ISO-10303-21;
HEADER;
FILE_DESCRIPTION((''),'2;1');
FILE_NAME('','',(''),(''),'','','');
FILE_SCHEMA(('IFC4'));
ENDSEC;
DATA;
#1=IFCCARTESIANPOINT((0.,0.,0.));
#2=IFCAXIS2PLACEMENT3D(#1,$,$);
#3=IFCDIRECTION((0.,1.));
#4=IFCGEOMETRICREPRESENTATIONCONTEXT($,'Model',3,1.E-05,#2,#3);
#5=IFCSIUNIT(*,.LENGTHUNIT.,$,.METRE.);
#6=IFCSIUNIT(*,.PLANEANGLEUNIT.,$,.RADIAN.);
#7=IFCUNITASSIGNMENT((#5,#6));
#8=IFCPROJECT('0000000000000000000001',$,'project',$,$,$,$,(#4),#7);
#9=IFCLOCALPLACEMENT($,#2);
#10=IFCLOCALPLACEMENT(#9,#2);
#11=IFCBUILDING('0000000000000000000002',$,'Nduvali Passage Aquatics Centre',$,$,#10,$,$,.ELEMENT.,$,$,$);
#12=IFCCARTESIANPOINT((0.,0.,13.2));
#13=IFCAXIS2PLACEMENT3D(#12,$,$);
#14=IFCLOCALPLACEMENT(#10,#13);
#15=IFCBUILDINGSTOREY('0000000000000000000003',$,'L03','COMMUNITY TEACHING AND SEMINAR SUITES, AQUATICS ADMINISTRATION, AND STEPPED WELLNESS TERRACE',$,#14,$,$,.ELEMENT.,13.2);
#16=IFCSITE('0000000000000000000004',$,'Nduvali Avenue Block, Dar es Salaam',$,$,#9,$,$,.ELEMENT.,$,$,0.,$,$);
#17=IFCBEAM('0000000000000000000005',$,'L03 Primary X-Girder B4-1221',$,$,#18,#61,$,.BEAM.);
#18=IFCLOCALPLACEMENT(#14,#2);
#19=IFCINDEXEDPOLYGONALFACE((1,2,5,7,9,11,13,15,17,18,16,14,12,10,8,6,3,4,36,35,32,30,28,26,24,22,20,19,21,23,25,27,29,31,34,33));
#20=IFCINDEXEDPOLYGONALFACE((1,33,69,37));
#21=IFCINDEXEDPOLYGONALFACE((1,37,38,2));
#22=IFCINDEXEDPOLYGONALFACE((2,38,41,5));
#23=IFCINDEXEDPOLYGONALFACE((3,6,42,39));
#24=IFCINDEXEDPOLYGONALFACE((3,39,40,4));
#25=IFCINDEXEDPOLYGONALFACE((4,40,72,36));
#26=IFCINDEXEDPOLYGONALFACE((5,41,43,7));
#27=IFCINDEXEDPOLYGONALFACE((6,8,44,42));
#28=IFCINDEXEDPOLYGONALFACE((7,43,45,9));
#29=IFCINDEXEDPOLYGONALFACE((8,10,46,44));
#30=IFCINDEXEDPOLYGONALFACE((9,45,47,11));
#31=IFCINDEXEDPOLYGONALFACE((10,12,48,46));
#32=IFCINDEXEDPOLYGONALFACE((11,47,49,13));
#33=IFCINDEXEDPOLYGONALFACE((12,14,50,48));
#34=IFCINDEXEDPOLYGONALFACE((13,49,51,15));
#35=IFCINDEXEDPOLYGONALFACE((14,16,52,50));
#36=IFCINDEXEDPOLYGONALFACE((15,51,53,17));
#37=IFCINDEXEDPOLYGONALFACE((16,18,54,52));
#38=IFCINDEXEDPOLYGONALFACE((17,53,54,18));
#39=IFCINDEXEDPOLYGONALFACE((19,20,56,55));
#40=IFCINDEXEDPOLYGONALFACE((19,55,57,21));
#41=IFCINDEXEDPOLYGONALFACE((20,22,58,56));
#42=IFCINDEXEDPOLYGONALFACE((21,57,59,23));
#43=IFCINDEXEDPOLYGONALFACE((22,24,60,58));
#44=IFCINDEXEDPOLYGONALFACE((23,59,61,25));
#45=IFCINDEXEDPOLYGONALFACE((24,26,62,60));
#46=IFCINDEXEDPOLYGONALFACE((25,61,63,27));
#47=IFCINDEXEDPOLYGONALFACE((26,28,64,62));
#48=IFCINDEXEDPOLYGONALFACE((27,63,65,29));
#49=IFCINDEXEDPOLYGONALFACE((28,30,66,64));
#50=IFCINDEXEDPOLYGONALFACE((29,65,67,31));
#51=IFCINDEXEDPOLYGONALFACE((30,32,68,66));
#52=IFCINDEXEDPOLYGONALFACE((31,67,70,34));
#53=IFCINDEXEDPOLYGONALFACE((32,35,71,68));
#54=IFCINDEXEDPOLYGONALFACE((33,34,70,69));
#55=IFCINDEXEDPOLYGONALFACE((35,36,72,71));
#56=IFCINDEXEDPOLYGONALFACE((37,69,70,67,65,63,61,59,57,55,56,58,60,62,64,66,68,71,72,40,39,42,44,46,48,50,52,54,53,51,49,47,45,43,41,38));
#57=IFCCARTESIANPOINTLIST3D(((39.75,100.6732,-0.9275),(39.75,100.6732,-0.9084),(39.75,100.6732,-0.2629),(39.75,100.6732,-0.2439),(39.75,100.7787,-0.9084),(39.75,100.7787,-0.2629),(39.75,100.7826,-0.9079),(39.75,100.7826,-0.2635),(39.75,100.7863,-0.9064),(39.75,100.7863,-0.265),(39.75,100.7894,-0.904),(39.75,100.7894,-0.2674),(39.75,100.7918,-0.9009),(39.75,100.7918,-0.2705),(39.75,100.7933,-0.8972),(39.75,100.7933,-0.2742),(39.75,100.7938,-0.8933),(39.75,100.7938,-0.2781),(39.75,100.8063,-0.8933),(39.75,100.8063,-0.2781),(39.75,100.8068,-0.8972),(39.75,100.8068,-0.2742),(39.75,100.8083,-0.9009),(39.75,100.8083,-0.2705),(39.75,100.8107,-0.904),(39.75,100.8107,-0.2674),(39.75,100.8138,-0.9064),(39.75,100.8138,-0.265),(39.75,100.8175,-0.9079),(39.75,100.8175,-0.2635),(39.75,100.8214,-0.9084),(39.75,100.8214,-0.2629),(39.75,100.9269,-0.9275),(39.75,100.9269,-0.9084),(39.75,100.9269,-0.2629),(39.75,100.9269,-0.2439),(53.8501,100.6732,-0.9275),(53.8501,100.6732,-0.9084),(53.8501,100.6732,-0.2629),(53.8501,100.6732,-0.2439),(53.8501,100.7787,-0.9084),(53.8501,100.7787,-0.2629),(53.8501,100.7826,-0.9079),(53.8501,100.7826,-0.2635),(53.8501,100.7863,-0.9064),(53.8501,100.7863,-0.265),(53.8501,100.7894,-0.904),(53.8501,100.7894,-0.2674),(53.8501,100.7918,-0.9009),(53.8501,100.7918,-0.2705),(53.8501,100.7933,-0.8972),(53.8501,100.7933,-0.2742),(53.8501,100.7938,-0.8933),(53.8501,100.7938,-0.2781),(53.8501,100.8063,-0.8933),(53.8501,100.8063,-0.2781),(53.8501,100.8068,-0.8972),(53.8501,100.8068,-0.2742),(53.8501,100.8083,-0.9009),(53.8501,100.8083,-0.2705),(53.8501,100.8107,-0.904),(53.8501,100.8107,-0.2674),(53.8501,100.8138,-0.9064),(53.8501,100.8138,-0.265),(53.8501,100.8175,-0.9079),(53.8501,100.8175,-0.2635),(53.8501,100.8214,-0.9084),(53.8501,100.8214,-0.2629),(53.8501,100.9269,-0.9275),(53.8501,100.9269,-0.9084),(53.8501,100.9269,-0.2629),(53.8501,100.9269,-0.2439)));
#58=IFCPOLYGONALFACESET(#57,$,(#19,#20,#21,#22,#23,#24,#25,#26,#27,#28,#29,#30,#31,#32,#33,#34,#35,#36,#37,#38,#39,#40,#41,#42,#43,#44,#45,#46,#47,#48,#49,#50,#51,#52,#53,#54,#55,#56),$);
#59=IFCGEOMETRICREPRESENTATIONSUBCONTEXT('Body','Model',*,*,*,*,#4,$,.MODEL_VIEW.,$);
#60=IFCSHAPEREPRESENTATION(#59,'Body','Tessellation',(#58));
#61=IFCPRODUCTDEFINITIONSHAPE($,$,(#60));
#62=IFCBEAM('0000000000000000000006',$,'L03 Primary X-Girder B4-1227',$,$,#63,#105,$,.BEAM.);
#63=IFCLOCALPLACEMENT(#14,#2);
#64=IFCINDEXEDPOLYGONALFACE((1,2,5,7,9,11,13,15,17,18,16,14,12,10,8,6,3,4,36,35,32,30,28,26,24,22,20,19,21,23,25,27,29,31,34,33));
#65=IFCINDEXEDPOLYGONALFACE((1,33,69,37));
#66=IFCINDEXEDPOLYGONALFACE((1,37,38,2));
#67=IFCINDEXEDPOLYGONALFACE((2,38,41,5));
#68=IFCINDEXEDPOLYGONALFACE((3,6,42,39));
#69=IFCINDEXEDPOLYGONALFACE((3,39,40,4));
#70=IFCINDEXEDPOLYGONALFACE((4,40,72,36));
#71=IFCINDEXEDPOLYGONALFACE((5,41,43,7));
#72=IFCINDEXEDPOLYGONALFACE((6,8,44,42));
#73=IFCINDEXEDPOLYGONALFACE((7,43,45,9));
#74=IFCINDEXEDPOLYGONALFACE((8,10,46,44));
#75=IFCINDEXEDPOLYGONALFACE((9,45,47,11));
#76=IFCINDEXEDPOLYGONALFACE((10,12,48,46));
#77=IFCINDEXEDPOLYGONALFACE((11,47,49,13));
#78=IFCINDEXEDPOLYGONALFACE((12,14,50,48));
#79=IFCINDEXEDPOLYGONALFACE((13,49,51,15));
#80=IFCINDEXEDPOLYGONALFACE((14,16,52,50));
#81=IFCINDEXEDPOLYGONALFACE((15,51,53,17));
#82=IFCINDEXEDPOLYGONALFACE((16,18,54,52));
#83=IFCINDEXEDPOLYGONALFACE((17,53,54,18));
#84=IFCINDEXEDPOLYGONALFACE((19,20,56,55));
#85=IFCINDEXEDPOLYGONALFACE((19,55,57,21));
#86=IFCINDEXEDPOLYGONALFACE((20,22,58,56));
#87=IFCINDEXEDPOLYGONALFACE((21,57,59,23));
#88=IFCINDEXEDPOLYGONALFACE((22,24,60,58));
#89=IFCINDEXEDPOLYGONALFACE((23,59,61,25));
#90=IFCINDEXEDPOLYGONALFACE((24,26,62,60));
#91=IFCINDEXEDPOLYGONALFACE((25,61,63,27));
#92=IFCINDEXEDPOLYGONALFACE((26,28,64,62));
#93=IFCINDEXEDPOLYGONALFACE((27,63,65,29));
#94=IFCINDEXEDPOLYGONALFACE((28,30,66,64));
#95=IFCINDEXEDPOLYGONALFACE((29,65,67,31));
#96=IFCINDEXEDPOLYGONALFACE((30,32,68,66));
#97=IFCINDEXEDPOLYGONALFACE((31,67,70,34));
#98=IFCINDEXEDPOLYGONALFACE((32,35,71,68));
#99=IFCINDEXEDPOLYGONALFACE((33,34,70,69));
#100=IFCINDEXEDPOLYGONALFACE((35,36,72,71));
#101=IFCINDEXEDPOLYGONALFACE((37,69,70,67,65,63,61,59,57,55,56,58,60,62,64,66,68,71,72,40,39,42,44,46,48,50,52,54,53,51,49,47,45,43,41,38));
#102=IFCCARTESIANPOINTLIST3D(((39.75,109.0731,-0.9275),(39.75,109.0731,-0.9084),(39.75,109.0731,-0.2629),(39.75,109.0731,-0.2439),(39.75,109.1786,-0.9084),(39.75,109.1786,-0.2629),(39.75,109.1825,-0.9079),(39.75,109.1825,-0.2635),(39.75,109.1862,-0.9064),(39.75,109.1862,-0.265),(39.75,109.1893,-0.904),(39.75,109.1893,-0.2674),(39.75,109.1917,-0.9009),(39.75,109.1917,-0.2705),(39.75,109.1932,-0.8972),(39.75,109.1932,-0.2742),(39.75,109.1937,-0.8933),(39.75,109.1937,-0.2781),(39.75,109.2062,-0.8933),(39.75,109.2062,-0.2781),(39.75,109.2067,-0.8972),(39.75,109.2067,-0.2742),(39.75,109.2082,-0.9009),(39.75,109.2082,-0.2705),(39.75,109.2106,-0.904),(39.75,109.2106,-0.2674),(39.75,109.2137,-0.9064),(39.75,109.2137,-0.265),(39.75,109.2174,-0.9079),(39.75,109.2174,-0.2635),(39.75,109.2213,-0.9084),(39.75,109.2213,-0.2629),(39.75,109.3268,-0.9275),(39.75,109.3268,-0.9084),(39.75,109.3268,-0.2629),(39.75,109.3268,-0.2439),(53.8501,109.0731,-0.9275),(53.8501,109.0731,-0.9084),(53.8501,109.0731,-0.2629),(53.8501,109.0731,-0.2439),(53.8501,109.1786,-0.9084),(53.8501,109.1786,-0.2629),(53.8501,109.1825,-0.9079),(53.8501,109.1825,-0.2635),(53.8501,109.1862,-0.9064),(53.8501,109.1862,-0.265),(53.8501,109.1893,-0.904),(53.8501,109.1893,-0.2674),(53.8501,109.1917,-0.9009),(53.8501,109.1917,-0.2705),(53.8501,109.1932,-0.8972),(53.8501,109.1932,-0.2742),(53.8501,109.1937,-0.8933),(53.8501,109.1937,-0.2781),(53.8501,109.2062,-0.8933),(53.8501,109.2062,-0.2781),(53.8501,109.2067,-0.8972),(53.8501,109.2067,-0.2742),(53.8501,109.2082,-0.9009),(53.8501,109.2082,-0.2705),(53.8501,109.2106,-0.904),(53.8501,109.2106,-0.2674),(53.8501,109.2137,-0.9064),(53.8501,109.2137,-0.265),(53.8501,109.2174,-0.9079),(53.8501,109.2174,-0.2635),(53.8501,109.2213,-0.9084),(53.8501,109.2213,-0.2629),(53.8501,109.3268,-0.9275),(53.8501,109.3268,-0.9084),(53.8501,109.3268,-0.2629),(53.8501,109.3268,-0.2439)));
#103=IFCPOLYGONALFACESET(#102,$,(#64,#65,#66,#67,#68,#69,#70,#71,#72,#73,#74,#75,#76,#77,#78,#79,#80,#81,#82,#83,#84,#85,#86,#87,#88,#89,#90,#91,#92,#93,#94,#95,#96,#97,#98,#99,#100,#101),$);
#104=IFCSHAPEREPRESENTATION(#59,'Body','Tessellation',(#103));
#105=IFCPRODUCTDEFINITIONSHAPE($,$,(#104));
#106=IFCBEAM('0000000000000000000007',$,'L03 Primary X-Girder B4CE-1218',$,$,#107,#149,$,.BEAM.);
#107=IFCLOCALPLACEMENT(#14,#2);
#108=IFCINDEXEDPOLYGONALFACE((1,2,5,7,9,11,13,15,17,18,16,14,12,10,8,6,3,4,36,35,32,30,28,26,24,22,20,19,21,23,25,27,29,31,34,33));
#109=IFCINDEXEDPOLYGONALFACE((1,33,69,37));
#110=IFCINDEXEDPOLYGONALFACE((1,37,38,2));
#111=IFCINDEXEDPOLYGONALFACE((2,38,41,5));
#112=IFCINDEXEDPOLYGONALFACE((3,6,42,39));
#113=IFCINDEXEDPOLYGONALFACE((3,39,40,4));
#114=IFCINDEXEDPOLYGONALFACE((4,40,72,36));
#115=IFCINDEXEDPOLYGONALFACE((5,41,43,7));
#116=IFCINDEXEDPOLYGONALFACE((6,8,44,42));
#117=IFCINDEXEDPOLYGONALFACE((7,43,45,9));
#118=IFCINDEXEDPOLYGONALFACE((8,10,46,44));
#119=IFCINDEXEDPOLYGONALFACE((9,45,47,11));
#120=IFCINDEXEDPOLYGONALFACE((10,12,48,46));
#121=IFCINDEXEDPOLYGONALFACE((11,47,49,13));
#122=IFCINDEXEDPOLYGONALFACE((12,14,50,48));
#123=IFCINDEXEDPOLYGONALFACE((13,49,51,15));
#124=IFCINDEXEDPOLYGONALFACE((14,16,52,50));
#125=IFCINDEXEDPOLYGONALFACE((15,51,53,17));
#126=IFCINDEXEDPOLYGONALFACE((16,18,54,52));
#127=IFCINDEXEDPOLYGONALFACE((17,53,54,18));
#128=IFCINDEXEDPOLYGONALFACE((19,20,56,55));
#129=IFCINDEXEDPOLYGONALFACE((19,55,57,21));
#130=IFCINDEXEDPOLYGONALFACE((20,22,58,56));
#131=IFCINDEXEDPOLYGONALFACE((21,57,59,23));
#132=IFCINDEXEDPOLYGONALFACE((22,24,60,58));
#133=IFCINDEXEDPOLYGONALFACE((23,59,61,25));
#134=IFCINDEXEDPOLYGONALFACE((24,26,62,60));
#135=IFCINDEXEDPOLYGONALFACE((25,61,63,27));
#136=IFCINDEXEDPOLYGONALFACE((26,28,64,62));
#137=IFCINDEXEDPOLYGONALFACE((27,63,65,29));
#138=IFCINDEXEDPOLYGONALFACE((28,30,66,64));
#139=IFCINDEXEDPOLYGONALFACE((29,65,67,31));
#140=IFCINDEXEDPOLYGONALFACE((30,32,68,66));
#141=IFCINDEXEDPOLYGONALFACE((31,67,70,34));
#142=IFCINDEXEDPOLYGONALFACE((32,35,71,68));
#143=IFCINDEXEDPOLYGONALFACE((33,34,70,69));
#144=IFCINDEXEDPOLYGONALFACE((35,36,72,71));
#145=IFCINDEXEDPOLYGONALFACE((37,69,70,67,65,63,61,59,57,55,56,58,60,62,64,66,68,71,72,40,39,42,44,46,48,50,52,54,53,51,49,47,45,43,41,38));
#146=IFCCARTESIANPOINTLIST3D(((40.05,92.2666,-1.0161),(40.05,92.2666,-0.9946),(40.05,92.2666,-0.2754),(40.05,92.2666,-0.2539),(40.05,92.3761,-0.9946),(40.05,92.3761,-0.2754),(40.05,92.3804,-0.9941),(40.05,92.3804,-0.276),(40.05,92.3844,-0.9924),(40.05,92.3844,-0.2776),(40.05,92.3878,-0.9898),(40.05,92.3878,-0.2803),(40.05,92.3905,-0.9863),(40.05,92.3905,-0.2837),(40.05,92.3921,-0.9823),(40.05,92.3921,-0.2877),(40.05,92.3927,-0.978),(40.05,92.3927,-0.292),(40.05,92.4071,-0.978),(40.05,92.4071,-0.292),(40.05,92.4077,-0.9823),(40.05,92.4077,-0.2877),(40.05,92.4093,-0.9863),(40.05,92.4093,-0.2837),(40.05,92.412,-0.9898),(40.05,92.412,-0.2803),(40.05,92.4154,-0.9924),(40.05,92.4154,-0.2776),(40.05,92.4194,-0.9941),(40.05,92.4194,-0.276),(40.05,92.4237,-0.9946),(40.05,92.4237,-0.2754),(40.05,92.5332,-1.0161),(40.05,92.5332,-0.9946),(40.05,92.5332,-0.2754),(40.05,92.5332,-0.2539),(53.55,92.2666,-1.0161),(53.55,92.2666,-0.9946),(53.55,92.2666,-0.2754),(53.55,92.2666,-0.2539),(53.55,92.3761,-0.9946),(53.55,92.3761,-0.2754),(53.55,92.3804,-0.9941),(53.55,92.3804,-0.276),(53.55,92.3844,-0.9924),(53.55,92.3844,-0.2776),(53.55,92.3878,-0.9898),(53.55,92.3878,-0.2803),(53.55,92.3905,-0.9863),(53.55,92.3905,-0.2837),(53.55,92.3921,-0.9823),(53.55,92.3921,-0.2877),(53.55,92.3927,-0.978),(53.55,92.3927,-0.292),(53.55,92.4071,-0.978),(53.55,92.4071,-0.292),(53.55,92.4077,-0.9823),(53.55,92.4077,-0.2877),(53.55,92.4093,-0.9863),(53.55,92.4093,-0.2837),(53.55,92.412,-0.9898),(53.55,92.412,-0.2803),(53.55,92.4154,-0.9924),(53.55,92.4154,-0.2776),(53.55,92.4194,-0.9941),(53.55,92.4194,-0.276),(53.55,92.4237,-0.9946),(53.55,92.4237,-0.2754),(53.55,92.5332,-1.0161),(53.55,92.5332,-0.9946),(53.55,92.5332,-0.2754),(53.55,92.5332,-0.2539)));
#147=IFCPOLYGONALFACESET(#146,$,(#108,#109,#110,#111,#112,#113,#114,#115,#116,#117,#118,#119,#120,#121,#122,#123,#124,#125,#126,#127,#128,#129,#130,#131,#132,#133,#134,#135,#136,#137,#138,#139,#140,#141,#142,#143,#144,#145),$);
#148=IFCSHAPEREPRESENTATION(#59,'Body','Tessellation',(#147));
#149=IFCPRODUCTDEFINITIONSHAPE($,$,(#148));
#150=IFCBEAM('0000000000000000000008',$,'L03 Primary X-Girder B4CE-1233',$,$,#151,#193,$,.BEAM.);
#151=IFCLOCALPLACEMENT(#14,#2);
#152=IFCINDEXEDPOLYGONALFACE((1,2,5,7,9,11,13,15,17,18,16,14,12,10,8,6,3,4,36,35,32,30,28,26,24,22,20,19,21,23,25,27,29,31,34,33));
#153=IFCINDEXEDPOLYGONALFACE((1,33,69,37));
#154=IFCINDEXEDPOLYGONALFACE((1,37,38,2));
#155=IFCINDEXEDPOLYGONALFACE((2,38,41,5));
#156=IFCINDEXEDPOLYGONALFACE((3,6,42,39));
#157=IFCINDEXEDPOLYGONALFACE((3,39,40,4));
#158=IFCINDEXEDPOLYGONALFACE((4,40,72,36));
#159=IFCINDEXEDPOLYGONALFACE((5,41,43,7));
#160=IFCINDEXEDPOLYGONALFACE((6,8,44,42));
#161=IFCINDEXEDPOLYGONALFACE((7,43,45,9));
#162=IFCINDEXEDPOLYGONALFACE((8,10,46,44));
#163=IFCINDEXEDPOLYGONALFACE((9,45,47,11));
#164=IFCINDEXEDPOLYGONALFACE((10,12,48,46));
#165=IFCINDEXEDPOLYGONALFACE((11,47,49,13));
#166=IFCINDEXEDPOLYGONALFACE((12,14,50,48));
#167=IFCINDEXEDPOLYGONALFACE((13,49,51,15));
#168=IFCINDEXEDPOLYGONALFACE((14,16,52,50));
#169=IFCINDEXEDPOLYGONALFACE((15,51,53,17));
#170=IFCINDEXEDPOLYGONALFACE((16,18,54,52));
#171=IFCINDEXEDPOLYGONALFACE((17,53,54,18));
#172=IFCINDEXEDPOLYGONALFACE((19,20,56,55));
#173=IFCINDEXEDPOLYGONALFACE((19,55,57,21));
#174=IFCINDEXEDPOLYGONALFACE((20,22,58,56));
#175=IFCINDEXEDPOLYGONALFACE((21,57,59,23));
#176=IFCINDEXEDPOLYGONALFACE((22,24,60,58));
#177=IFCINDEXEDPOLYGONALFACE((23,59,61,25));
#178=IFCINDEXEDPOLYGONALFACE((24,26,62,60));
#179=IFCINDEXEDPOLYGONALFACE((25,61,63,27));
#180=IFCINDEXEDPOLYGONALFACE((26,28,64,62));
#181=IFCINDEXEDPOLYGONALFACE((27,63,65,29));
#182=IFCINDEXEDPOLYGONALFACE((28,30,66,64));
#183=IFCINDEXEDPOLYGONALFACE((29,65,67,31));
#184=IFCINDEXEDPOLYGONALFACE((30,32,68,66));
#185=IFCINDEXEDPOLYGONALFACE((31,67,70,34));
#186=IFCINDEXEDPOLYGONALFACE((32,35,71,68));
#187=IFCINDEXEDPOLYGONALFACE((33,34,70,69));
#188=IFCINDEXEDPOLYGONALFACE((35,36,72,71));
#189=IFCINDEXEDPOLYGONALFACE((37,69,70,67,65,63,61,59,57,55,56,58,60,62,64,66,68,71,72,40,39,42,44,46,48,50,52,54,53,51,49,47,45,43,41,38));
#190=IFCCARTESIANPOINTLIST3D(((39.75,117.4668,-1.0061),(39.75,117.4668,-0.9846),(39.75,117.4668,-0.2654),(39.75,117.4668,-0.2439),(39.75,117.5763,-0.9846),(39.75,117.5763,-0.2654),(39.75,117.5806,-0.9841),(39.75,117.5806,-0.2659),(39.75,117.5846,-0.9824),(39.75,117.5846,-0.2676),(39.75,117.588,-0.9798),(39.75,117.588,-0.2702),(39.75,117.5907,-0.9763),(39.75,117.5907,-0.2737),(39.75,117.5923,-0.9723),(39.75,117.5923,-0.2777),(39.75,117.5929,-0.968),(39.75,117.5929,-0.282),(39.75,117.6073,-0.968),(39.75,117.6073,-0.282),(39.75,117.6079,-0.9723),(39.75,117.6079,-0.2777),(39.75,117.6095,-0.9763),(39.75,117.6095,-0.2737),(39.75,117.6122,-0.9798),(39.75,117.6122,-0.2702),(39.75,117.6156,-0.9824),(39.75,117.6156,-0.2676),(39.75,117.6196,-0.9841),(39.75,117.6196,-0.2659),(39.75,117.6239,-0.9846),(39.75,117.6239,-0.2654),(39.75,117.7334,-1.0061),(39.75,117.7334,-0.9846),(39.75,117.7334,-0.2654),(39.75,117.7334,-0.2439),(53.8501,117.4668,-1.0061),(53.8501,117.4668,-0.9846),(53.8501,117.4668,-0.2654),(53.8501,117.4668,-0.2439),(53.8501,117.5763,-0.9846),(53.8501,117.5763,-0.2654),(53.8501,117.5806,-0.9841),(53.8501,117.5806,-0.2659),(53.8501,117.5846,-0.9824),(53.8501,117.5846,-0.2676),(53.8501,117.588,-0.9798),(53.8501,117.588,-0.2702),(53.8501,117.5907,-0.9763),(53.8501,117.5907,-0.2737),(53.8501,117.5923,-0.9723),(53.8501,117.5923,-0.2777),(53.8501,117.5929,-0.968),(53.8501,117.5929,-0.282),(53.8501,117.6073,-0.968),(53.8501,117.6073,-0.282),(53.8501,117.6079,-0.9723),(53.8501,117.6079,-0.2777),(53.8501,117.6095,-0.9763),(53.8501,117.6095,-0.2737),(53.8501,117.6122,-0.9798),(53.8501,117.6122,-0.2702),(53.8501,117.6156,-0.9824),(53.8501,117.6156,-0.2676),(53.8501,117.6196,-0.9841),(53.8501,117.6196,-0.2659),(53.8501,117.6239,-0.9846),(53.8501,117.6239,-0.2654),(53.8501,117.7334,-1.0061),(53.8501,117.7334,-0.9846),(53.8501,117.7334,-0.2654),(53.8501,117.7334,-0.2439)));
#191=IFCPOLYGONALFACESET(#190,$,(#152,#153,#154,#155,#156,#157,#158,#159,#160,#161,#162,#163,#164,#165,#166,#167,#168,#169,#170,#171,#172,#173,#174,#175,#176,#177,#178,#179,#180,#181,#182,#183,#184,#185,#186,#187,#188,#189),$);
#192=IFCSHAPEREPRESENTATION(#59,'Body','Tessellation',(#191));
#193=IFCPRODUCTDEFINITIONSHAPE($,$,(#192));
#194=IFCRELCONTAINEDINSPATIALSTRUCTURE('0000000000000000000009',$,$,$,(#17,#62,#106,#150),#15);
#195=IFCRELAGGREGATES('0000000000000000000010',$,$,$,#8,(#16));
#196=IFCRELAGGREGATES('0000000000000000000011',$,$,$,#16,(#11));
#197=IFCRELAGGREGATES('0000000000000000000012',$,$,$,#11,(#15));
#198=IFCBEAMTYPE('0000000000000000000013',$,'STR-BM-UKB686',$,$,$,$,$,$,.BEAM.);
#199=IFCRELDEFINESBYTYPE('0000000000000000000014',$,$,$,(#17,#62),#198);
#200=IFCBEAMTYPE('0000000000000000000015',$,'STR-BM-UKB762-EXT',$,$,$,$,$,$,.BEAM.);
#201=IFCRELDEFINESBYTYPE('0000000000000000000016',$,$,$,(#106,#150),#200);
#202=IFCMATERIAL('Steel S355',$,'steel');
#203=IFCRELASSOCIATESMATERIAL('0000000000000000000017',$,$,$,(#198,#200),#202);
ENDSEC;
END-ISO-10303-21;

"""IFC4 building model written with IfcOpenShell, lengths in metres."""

from ifc_helpers import new_model, si_unit, direction, frame, origin, origin_2d, place, context, subcontext, project, spatial, i_section, extrude, material, material_profile, profile_set, type_object, element, save


model = new_model("IFC4")

# Units and contexts
model_context = context("Model", 3, precision=1e-05, world=origin(), true_north=direction((0.0, 1.0)))
body_context = subcontext(model_context, "Body", "Model", "MODEL_VIEW")
ifc_project = project(units=[si_unit("LENGTHUNIT", "METRE"), si_unit("PLANEANGLEUNIT", "RADIAN")], contexts=[model_context])

# Site, building, storey
site_placement = place(None, origin())
site = spatial("IfcSite", under=ifc_project, at=site_placement, Name="Nduvali Avenue Block, Dar es Salaam", CompositionType="ELEMENT", RefElevation=0.0)
building_placement = place(site_placement, origin())
building = spatial("IfcBuilding", under=site, at=building_placement, Name="Nduvali Passage Aquatics Centre", CompositionType="ELEMENT")
storey_placement = place(building_placement, frame((0.0, 0.0, 13.2)))
storey = spatial("IfcBuildingStorey", under=building, at=storey_placement, Name="L03", Description="COMMUNITY TEACHING AND SEMINAR SUITES, AQUATICS ADMINISTRATION, AND STEPPED WELLNESS TERRACE", CompositionType="ELEMENT", Elevation=13.2)

# Shared definitions
ifc_material_1 = material(Name="Steel S355", Category="steel")

# Beams
ifc_material_profile_1 = material_profile(ifc_material_1, i_section(OverallWidth=0.2537, OverallDepth=0.6836, WebThickness=0.0125, FlangeThickness=0.019, FilletRadius=0.0151, at=origin_2d()), Name="UKB 686x254x140")
ifc_profile_set_1 = profile_set([ifc_material_profile_1], Name="Steel S355")
beam_type_1 = type_object("IfcBeamType", Name="STR-BM-UKB686", PredefinedType="BEAM", material=ifc_profile_set_1)
for number, where, z_axis, x_axis, name in (
    (1, (39.75, 100.8, -0.5857), (1.0, 0.0, 0.0), (0.0, 1.0, 0.0), "L03 Primary X-Girder B4-1221"),
    (2, (39.75, 109.2, -0.5857), (1.0, 0.0, 0.0), (0.0, 1.0, 0.0), "L03 Primary X-Girder B4-1227"),
):
    element("IfcBeam", number, at=place(storey_placement, frame(where, z_axis=z_axis, x_axis=x_axis)), inside=storey, type_object=beam_type_1, Name=name, PredefinedType="BEAM", context=body_context, shape_type="SweptSolid", body=[
        extrude(i_section(OverallWidth=0.2537, OverallDepth=0.6836, WebThickness=0.0125, FlangeThickness=0.019, FilletRadius=0.0151, at=origin_2d()), origin(), (0.0, 0.0, 1.0), 14.1001),
    ])
ifc_material_profile_2 = material_profile(ifc_material_1, i_section(OverallWidth=0.2666, OverallDepth=0.7622, WebThickness=0.0144, FlangeThickness=0.0215, FilletRadius=0.0166, at=origin_2d()), Name="UKB 762x267x173")
ifc_profile_set_2 = profile_set([ifc_material_profile_2], Name="Steel S355")
beam_type_2 = type_object("IfcBeamType", Name="STR-BM-UKB762-EXT", PredefinedType="BEAM", material=ifc_profile_set_2)
beam_1_placement = place(storey_placement, frame((40.05, 92.3999, -0.635), z_axis=(1.0, 0.0, 0.0), x_axis=(0.0, 1.0, 0.0)))
element("IfcBeam", 3, at=beam_1_placement, inside=storey, type_object=beam_type_2, Name="L03 Primary X-Girder B4CE-1218", PredefinedType="BEAM", context=body_context, shape_type="SweptSolid", body=[
    extrude(i_section(OverallWidth=0.2666, OverallDepth=0.7622, WebThickness=0.0144, FlangeThickness=0.0215, FilletRadius=0.0166, at=origin_2d()), origin(), (0.0, 0.0, 1.0), 13.5),
])
beam_2_placement = place(storey_placement, frame((39.75, 117.6001, -0.625), z_axis=(1.0, 0.0, 0.0), x_axis=(0.0, 1.0, 0.0)))
element("IfcBeam", 4, at=beam_2_placement, inside=storey, type_object=beam_type_2, Name="L03 Primary X-Girder B4CE-1233", PredefinedType="BEAM", context=body_context, shape_type="SweptSolid", body=[
    extrude(i_section(OverallWidth=0.2666, OverallDepth=0.7622, WebThickness=0.0144, FlangeThickness=0.0215, FilletRadius=0.0166, at=origin_2d()), origin(), (0.0, 0.0, 1.0), 14.1001),
])

save(model, "model.ifc")
